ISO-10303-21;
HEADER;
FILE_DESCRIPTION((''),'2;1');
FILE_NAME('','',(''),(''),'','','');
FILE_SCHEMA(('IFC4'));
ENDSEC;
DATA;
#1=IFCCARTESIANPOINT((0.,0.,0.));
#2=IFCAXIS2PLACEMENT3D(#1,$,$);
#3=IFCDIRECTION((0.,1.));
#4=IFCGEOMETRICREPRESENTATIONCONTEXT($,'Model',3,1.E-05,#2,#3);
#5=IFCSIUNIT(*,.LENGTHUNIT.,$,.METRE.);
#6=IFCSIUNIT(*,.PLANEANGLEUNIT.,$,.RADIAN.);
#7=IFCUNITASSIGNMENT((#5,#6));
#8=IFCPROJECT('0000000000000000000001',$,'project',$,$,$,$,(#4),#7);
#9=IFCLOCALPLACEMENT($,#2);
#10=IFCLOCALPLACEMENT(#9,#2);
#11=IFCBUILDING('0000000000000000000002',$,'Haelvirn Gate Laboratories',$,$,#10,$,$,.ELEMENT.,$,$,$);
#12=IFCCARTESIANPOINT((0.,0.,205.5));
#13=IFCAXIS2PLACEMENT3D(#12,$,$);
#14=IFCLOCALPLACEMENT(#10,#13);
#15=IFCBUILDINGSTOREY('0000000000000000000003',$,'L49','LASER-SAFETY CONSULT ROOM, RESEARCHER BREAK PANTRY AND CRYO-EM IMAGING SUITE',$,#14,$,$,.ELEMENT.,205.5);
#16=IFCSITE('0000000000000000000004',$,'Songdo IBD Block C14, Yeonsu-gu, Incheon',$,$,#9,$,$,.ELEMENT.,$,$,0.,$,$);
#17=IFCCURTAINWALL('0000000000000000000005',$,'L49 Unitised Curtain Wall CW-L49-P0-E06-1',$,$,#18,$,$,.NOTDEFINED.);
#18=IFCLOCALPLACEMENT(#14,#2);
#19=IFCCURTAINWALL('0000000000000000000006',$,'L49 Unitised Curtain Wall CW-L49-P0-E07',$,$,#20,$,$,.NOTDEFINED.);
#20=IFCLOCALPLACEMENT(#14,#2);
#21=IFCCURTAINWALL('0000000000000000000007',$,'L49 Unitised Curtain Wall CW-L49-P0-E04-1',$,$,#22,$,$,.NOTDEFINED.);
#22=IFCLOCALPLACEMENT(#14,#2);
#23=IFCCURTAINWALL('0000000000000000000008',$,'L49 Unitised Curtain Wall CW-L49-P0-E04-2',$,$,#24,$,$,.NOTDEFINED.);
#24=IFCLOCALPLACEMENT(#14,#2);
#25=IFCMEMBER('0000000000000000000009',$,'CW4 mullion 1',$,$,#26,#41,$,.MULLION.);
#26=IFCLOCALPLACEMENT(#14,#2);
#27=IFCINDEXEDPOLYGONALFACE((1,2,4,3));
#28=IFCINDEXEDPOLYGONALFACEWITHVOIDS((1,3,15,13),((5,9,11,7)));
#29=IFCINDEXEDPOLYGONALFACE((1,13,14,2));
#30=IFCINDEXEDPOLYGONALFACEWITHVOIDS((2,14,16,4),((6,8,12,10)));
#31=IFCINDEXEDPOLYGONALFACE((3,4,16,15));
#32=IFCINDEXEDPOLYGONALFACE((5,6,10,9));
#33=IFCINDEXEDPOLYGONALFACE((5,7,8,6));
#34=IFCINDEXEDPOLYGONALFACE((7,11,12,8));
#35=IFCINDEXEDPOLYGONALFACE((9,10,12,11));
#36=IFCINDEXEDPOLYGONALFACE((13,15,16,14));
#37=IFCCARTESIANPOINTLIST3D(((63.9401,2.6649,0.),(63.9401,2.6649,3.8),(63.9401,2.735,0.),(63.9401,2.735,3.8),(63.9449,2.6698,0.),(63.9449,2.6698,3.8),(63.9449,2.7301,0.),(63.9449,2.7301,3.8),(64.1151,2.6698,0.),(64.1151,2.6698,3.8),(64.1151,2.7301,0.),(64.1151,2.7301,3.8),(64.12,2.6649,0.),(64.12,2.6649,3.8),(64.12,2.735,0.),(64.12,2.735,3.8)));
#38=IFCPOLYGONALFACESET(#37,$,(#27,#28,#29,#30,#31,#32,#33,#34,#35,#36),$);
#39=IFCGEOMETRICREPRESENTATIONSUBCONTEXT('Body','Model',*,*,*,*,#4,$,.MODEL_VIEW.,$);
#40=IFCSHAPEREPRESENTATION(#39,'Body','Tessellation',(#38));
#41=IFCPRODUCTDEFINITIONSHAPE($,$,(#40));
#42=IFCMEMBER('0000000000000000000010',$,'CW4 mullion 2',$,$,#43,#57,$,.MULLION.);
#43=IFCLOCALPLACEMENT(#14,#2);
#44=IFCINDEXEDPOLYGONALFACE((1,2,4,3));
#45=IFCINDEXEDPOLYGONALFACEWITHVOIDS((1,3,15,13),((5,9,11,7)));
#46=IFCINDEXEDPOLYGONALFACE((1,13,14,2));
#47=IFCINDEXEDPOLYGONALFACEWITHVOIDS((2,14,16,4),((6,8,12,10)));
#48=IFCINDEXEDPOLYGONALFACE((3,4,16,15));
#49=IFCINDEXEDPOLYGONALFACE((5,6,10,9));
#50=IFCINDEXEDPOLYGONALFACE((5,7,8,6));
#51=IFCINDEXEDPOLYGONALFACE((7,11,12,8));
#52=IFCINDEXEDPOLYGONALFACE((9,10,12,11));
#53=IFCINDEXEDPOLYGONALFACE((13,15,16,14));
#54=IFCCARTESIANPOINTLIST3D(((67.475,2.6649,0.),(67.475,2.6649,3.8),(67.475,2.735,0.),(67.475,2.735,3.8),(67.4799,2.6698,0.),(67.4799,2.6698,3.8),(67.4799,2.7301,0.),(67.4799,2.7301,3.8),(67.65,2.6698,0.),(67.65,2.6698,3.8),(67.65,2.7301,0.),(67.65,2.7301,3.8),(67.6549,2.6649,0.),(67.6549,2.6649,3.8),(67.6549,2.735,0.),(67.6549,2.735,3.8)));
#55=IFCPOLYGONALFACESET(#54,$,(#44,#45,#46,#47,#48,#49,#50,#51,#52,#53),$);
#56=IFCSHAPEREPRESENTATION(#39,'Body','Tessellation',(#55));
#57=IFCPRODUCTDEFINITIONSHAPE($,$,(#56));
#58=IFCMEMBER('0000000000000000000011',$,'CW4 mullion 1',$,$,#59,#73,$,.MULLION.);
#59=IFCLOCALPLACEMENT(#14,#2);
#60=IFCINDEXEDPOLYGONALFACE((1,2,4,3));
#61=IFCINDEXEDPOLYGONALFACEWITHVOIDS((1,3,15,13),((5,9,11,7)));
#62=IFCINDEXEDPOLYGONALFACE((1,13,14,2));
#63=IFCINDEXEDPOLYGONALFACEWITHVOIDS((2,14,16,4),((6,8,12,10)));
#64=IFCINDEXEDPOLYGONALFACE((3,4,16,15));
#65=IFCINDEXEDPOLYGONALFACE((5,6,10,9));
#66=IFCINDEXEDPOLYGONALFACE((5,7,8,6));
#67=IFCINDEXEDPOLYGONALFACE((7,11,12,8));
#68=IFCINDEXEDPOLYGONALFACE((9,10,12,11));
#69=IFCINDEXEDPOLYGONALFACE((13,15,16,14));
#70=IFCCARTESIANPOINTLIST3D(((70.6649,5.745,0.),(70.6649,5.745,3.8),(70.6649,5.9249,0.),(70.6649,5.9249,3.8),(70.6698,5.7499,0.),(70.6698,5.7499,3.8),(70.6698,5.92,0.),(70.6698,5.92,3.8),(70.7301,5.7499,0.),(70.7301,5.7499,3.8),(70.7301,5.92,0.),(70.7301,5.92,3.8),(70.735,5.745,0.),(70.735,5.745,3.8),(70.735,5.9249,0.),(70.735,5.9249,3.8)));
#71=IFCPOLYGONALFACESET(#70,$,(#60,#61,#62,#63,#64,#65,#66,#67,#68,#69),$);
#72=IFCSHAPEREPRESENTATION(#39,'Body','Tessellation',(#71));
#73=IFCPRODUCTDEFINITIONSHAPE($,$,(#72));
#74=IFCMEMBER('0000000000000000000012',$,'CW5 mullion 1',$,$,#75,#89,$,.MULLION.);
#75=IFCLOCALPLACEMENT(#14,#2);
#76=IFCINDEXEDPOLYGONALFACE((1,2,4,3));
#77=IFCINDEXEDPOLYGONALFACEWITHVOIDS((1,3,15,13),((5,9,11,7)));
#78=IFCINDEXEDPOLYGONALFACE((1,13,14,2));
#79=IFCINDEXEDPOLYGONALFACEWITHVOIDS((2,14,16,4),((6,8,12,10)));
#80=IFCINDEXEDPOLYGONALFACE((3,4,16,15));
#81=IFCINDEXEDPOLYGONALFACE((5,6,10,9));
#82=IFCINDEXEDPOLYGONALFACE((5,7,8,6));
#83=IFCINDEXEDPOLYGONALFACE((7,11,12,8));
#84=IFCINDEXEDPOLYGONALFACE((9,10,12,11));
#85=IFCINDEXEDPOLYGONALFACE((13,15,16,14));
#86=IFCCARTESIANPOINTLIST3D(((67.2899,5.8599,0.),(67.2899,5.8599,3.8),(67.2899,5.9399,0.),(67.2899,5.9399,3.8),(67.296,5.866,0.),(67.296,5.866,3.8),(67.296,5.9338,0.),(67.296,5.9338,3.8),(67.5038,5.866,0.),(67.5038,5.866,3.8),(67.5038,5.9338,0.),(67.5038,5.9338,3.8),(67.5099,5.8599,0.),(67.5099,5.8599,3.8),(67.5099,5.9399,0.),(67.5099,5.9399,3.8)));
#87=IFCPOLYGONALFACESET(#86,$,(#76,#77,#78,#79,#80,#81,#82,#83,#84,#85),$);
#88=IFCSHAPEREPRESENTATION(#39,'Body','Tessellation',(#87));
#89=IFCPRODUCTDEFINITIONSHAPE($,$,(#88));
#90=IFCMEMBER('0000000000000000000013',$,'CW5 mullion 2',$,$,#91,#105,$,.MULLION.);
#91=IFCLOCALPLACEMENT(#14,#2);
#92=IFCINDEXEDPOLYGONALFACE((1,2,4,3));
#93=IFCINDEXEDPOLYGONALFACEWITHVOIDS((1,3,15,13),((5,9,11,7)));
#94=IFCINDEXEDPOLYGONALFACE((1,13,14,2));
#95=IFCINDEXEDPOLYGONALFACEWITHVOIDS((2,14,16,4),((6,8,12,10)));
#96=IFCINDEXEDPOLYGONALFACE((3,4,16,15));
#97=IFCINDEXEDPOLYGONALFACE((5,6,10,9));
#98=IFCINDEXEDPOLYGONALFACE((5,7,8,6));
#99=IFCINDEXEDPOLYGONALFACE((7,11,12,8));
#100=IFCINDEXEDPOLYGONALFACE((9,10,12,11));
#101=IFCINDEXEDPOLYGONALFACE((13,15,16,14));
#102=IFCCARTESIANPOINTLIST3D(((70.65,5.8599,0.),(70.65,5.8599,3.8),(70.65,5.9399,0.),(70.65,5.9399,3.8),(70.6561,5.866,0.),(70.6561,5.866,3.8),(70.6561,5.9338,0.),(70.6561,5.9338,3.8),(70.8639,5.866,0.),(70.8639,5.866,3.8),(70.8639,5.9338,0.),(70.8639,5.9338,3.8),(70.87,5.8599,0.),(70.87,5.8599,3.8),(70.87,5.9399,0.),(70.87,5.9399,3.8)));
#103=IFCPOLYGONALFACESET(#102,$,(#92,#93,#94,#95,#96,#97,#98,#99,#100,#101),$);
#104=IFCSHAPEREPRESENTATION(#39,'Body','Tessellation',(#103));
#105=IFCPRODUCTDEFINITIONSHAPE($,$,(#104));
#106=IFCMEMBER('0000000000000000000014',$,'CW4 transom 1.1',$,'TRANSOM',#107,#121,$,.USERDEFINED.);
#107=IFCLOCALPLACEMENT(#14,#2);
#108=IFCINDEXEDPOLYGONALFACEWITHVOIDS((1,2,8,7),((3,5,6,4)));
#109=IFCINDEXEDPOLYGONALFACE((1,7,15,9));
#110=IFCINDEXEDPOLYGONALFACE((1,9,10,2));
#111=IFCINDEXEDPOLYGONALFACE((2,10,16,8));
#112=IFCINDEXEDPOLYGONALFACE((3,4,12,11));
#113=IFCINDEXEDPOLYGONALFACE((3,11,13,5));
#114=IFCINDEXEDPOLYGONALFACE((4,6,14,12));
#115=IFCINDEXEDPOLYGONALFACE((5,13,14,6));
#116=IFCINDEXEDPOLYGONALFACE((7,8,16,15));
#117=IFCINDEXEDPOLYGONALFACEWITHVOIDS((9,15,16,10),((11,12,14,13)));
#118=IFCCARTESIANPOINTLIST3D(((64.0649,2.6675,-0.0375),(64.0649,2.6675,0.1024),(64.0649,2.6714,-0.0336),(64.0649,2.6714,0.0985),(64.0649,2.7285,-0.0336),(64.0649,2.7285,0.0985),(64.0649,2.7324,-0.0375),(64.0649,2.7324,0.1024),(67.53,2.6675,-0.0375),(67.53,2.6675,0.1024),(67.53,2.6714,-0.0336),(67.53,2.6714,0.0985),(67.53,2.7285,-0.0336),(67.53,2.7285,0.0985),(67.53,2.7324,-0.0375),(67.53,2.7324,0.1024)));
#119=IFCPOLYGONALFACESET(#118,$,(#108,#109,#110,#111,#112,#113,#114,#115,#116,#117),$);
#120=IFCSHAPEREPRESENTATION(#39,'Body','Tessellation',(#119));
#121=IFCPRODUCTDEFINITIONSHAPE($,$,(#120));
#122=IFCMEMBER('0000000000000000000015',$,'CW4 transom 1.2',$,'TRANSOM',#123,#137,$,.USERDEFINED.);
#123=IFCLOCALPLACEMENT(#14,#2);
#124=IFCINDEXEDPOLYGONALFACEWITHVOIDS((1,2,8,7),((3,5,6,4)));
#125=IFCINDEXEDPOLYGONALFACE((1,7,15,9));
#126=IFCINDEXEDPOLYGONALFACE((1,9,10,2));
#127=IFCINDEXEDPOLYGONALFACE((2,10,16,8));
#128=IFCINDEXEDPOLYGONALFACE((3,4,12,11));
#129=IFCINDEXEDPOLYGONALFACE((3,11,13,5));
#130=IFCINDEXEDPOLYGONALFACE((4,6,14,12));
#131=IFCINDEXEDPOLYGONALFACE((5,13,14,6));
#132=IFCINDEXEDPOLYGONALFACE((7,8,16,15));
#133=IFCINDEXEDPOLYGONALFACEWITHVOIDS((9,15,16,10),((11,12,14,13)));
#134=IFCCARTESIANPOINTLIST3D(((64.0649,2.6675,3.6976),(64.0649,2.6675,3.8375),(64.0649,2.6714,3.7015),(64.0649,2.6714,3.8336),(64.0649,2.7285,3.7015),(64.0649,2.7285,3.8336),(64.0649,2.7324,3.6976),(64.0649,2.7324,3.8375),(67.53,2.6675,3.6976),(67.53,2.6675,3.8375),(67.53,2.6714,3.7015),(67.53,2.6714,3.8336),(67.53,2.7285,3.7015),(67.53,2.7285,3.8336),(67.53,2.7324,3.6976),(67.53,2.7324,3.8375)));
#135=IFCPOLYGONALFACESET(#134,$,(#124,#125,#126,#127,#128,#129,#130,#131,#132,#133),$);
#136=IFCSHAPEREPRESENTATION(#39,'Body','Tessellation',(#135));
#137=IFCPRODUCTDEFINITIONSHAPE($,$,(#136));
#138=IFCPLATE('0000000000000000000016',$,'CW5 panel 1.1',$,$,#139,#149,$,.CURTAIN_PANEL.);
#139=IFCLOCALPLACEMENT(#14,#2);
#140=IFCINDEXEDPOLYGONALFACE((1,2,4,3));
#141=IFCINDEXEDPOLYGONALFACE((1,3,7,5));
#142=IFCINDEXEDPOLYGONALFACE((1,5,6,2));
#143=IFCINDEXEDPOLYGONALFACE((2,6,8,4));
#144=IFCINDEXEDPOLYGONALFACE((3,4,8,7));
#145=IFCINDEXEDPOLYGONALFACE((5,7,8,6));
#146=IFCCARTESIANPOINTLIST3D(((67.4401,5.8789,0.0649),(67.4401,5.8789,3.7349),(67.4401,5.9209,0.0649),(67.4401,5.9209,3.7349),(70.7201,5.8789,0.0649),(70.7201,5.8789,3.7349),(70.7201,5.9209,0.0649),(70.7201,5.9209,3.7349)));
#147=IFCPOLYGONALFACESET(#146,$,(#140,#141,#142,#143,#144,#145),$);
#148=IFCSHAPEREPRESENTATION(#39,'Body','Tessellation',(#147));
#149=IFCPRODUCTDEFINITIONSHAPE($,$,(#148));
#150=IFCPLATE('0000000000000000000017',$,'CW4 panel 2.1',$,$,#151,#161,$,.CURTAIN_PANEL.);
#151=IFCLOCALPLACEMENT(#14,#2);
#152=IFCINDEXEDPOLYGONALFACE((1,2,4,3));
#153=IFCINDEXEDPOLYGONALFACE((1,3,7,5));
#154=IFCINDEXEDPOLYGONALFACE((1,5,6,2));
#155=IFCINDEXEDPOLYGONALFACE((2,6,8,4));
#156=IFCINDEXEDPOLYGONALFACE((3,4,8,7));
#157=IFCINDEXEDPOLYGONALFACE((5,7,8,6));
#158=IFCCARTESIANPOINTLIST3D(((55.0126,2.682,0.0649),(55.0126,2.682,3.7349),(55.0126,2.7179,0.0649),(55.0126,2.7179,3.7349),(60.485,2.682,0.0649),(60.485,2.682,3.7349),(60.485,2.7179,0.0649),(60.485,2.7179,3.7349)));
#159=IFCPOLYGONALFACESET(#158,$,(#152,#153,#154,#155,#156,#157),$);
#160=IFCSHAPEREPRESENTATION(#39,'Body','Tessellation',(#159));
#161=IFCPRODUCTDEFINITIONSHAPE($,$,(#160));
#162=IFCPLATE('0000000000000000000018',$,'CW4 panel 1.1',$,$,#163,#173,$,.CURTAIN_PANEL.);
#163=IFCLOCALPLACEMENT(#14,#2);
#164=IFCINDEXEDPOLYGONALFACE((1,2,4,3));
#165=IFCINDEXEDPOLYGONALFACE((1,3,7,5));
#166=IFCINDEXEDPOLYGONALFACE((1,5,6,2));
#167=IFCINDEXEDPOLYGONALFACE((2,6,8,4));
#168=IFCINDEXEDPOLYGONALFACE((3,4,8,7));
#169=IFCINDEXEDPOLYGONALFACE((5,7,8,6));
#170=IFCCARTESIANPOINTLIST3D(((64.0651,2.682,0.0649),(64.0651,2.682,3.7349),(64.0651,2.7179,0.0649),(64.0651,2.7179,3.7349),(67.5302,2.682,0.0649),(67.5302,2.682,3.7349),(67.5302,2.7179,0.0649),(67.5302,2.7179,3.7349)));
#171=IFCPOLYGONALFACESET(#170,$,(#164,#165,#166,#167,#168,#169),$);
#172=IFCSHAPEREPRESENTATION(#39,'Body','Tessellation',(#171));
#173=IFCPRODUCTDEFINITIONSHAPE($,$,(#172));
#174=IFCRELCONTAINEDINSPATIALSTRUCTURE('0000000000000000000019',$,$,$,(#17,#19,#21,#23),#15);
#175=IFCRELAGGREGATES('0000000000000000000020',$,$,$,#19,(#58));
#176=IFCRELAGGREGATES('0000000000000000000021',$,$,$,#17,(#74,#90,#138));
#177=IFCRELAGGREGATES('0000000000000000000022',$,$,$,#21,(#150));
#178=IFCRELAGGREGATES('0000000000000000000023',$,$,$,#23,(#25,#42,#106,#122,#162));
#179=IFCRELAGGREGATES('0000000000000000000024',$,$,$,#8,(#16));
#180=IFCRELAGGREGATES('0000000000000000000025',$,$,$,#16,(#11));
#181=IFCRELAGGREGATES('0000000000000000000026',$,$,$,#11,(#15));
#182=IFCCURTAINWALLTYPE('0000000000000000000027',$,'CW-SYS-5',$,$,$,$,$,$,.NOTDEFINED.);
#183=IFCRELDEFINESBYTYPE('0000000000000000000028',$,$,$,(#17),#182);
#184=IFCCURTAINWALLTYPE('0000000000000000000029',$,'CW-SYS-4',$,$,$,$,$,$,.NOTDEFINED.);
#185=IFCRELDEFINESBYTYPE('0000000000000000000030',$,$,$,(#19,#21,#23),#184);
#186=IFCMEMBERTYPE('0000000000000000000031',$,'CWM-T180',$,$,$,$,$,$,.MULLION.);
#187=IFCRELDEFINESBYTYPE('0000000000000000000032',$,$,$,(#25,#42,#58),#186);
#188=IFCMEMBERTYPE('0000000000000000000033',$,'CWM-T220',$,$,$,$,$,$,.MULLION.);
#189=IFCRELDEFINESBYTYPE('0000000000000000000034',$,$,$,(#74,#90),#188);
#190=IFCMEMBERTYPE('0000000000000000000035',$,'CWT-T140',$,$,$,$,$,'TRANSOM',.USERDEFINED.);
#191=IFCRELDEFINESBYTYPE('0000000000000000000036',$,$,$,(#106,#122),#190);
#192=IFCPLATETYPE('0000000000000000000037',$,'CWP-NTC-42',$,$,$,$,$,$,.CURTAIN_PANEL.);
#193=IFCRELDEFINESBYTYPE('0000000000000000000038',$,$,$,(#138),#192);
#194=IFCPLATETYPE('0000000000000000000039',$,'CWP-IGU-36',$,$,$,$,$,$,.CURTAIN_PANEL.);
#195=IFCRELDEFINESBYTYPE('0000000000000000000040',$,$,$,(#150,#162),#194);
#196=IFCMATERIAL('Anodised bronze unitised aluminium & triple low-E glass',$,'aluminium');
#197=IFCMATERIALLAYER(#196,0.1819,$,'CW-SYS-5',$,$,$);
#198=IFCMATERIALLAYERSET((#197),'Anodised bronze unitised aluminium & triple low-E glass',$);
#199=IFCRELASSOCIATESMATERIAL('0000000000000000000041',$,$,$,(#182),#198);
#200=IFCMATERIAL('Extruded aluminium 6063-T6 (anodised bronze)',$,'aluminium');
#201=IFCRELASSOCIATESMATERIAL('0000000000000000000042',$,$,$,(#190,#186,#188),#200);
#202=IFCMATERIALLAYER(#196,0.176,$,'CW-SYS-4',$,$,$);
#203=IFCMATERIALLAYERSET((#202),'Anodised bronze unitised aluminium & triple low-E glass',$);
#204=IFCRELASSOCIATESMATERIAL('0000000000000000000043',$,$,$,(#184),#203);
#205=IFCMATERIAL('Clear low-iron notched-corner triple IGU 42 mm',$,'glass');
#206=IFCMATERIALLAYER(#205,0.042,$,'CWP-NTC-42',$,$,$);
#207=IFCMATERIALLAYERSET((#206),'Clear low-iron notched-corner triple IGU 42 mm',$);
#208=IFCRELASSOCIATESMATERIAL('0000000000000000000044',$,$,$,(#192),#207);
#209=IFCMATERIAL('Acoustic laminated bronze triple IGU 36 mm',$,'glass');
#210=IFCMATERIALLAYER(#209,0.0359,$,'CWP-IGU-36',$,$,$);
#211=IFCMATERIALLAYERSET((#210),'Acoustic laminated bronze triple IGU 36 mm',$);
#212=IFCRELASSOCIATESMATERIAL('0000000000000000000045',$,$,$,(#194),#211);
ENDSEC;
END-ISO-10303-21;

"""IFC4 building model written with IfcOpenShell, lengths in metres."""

from ifc_helpers import new_model, si_unit, direction, frame, origin, origin_2d, place, context, subcontext, project, spatial, rectangle, hollow_rectangle, extrude, source, transform, mapped, material, layer, layer_set, material_profile, profile_set, type_object, type_shapes, element, aggregate, save


model = new_model("IFC4")

# Units and contexts
model_context = context("Model", 3, precision=1e-05, world=origin(), true_north=direction((0.0, 1.0)))
body_context = subcontext(model_context, "Body", "Model", "MODEL_VIEW")
ifc_project = project(units=[si_unit("LENGTHUNIT", "METRE"), si_unit("PLANEANGLEUNIT", "RADIAN")], contexts=[model_context])

# Site, building, storey
site_placement = place(None, origin())
site = spatial("IfcSite", under=ifc_project, at=site_placement, Name="Songdo IBD Block C14, Yeonsu-gu, Incheon", CompositionType="ELEMENT", RefElevation=0.0)
building_placement = place(site_placement, origin())
building = spatial("IfcBuilding", under=site, at=building_placement, Name="Haelvirn Gate Laboratories", CompositionType="ELEMENT")
storey_placement = place(building_placement, frame((0.0, 0.0, 205.5)))
storey = spatial("IfcBuildingStorey", under=building, at=storey_placement, Name="L49", Description="LASER-SAFETY CONSULT ROOM, RESEARCHER BREAK PANTRY AND CRYO-EM IMAGING SUITE", CompositionType="ELEMENT", Elevation=205.5)

# Curtain walls
ifc_material_1 = material(Name="Anodised bronze unitised aluminium & triple low-E glass", Category="aluminium")
ifc_layer_1 = layer(ifc_material_1, 0.1819, Name="CW-SYS-5")
ifc_layer_set_1 = layer_set([ifc_layer_1], Name="Anodised bronze unitised aluminium & triple low-E glass")
curtain_wall_type_1 = type_object("IfcCurtainWallType", Name="CW-SYS-5", PredefinedType="NOTDEFINED", material=ifc_layer_set_1)
curtain_wall_1_placement = place(storey_placement, origin())
curtain_wall_1 = element("IfcCurtainWall", 1, at=curtain_wall_1_placement, inside=storey, type_object=curtain_wall_type_1, Name="L49 Unitised Curtain Wall CW-L49-P0-E06-1", PredefinedType="NOTDEFINED")
ifc_material_2 = material(Name="Extruded aluminium 6063-T6 (anodised bronze)", Category="aluminium")
ifc_material_profile_1 = material_profile(ifc_material_2, hollow_rectangle(XDim=0.0649, YDim=0.1399, WallThickness=0.0039, at=origin_2d()), Name="CWT-140x65x4")
ifc_profile_set_1 = profile_set([ifc_material_profile_1], Name="Extruded aluminium 6063-T6 (anodised bronze)")
member_type_1 = type_object("IfcMemberType", Name="CWT-T140", ElementType="TRANSOM", PredefinedType="USERDEFINED", material=ifc_profile_set_1)
ifc_layer_2 = layer(ifc_material_1, 0.176, Name="CW-SYS-4")
ifc_layer_set_2 = layer_set([ifc_layer_2], Name="Anodised bronze unitised aluminium & triple low-E glass")
curtain_wall_type_2 = type_object("IfcCurtainWallType", Name="CW-SYS-4", PredefinedType="NOTDEFINED", material=ifc_layer_set_2)
curtain_wall_2_placement = place(storey_placement, origin())
curtain_wall_2 = element("IfcCurtainWall", 2, at=curtain_wall_2_placement, inside=storey, type_object=curtain_wall_type_2, Name="L49 Unitised Curtain Wall CW-L49-P0-E07", PredefinedType="NOTDEFINED")

# Curtain wall
curtain_wall_3_placement = place(storey_placement, origin())
curtain_wall_3 = element("IfcCurtainWall", 3, at=curtain_wall_3_placement, inside=storey, type_object=curtain_wall_type_2, Name="L49 Unitised Curtain Wall CW-L49-P0-E04-1", PredefinedType="NOTDEFINED")
ifc_material_profile_2 = material_profile(ifc_material_2, hollow_rectangle(XDim=0.0701, YDim=0.1799, WallThickness=0.0049, at=origin_2d()), Name="CWM-180x70x5")
ifc_profile_set_2 = profile_set([ifc_material_profile_2], Name="Extruded aluminium 6063-T6 (anodised bronze)")
member_type_2 = type_object("IfcMemberType", Name="CWM-T180", PredefinedType="MULLION", material=ifc_profile_set_2)
shared_shape_1 = source(origin(), body_context, "Body", "SweptSolid", [
    extrude(hollow_rectangle(XDim=0.0701, YDim=0.1799, WallThickness=0.0049, at=origin_2d()), origin(), (0.0, 0.0, 1.0), 3.8),
])
type_shapes(member_type_2, [shared_shape_1])

# Curtain wall, members
curtain_wall_4_placement = place(storey_placement, origin())
curtain_wall_4 = element("IfcCurtainWall", 4, at=curtain_wall_4_placement, inside=storey, type_object=curtain_wall_type_2, Name="L49 Unitised Curtain Wall CW-L49-P0-E04-2", PredefinedType="NOTDEFINED")
member_1_placement = place(storey_placement, frame((64.03, 2.7, 0.0), z_axis=(0.0, 0.0, 1.0), x_axis=(0.0, 1.0, 0.0)))
member_1 = element("IfcMember", 5, at=member_1_placement, type_object=member_type_2, Name="CW4 mullion 1", PredefinedType="MULLION", context=body_context, shape_type="MappedRepresentation", body=[
    mapped(shared_shape_1, transform((0.0, 0.0, 0.0), scale=1.0)),
])
member_2_placement = place(storey_placement, frame((67.5649, 2.7, 0.0), z_axis=(0.0, 0.0, 1.0), x_axis=(0.0, 1.0, 0.0)))
member_2 = element("IfcMember", 6, at=member_2_placement, type_object=member_type_2, Name="CW4 mullion 2", PredefinedType="MULLION", context=body_context, shape_type="MappedRepresentation", body=[
    mapped(shared_shape_1, transform((0.0, 0.0, 0.0), scale=1.0)),
])

# Members
member_3_placement = place(storey_placement, frame((70.7, 5.835, 0.0), z_axis=(0.0, 0.0, 1.0), x_axis=(-1.0, 0.0, 0.0)))
member_3 = element("IfcMember", 7, at=member_3_placement, type_object=member_type_2, Name="CW4 mullion 1", PredefinedType="MULLION", context=body_context, shape_type="MappedRepresentation", body=[
    mapped(shared_shape_1, transform((0.0, 0.0, 0.0), scale=1.0)),
])
aggregate(curtain_wall_2, [member_3])
ifc_material_profile_3 = material_profile(ifc_material_2, hollow_rectangle(XDim=0.0801, YDim=0.22, WallThickness=0.0061, at=origin_2d()), Name="CWM-220x80x6")
ifc_profile_set_3 = profile_set([ifc_material_profile_3], Name="Extruded aluminium 6063-T6 (anodised bronze)")
member_type_3 = type_object("IfcMemberType", Name="CWM-T220", PredefinedType="MULLION", material=ifc_profile_set_3)
shared_shape_2 = source(origin(), body_context, "Body", "SweptSolid", [
    extrude(hollow_rectangle(XDim=0.0801, YDim=0.22, WallThickness=0.0061, at=origin_2d()), origin(), (0.0, 0.0, 1.0), 3.8),
])
type_shapes(member_type_3, [shared_shape_2])
member_4_placement = place(storey_placement, frame((67.3999, 5.8999, 0.0), z_axis=(0.0, 0.0, 1.0), x_axis=(0.0, 1.0, 0.0)))
member_4 = element("IfcMember", 8, at=member_4_placement, type_object=member_type_3, Name="CW5 mullion 1", PredefinedType="MULLION", context=body_context, shape_type="MappedRepresentation", body=[
    mapped(shared_shape_2, transform((0.0, 0.0, 0.0), scale=1.0)),
])
member_5_placement = place(storey_placement, frame((70.76, 5.8999, 0.0), z_axis=(0.0, 0.0, 1.0), x_axis=(0.0, 1.0, 0.0)))
member_5 = element("IfcMember", 9, at=member_5_placement, type_object=member_type_3, Name="CW5 mullion 2", PredefinedType="MULLION", context=body_context, shape_type="MappedRepresentation", body=[
    mapped(shared_shape_2, transform((0.0, 0.0, 0.0), scale=1.0)),
])
shared_shape_3 = source(origin(), body_context, "Body", "SweptSolid", [
    extrude(hollow_rectangle(XDim=0.0649, YDim=0.1399, WallThickness=0.0039, at=origin_2d()), origin(), (0.0, 0.0, 1.0), 3.4651),
])
member_6_placement = place(storey_placement, frame((64.0649, 2.7, 0.0325), z_axis=(1.0, 0.0, 0.0), x_axis=(0.0, 1.0, 0.0)))
member_6 = element("IfcMember", 10, at=member_6_placement, type_object=member_type_1, Name="CW4 transom 1.1", ObjectType="TRANSOM", PredefinedType="USERDEFINED", context=body_context, shape_type="MappedRepresentation", body=[
    mapped(shared_shape_3, transform((0.0, 0.0, 0.0), scale=1.0)),
])
member_7_placement = place(storey_placement, frame((64.0649, 2.7, 3.7676), z_axis=(1.0, 0.0, 0.0), x_axis=(0.0, 1.0, 0.0)))
member_7 = element("IfcMember", 11, at=member_7_placement, type_object=member_type_1, Name="CW4 transom 1.2", ObjectType="TRANSOM", PredefinedType="USERDEFINED", context=body_context, shape_type="MappedRepresentation", body=[
    mapped(shared_shape_3, transform((0.0, 0.0, 0.0), scale=1.0)),
])

# Plates
ifc_material_3 = material(Name="Clear low-iron notched-corner triple IGU 42 mm", Category="glass")
ifc_layer_3 = layer(ifc_material_3, 0.042, Name="CWP-NTC-42")
ifc_layer_set_3 = layer_set([ifc_layer_3], Name="Clear low-iron notched-corner triple IGU 42 mm")
plate_type_1 = type_object("IfcPlateType", Name="CWP-NTC-42", PredefinedType="CURTAIN_PANEL", material=ifc_layer_set_3)
shared_shape_4 = source(origin(), body_context, "Body", "SweptSolid", [
    extrude(rectangle(XDim=3.28, YDim=0.042, at=origin_2d()), origin(), (0.0, 0.0, 1.0), 3.6699),
])
type_shapes(plate_type_1, [shared_shape_4])
plate_1_placement = place(storey_placement, frame((69.0801, 5.8999, 0.0649), z_axis=(0.0, 0.0, 1.0), x_axis=(1.0, 0.0, 0.0)))
plate_1 = element("IfcPlate", 12, at=plate_1_placement, type_object=plate_type_1, Name="CW5 panel 1.1", PredefinedType="CURTAIN_PANEL", context=body_context, shape_type="MappedRepresentation", body=[
    mapped(shared_shape_4, transform((0.0, 0.0, 0.0), scale=1.0)),
])
aggregate(curtain_wall_1, [member_4, member_5, plate_1])
ifc_material_4 = material(Name="Acoustic laminated bronze triple IGU 36 mm", Category="glass")
ifc_layer_4 = layer(ifc_material_4, 0.0359, Name="CWP-IGU-36")
ifc_layer_set_4 = layer_set([ifc_layer_4], Name="Acoustic laminated bronze triple IGU 36 mm")
plate_type_2 = type_object("IfcPlateType", Name="CWP-IGU-36", PredefinedType="CURTAIN_PANEL", material=ifc_layer_set_4)
shared_shape_5 = source(origin(), body_context, "Body", "SweptSolid", [
    extrude(rectangle(XDim=5.4724, YDim=0.0359, at=origin_2d()), origin(), (0.0, 0.0, 1.0), 3.6699),
])
plate_2_placement = place(storey_placement, frame((57.7488, 2.7, 0.0649), z_axis=(0.0, 0.0, 1.0), x_axis=(1.0, 0.0, 0.0)))
plate_2 = element("IfcPlate", 13, at=plate_2_placement, type_object=plate_type_2, Name="CW4 panel 2.1", PredefinedType="CURTAIN_PANEL", context=body_context, shape_type="MappedRepresentation", body=[
    mapped(shared_shape_5, transform((0.0, 0.0, 0.0), scale=1.0)),
])
aggregate(curtain_wall_3, [plate_2])
shared_shape_6 = source(origin(), body_context, "Body", "SweptSolid", [
    extrude(rectangle(XDim=3.4651, YDim=0.0359, at=origin_2d()), origin(), (0.0, 0.0, 1.0), 3.6699),
])
type_shapes(plate_type_2, [shared_shape_5, shared_shape_6])
plate_3_placement = place(storey_placement, frame((65.7976, 2.7, 0.0649), z_axis=(0.0, 0.0, 1.0), x_axis=(1.0, 0.0, 0.0)))
plate_3 = element("IfcPlate", 14, at=plate_3_placement, type_object=plate_type_2, Name="CW4 panel 1.1", PredefinedType="CURTAIN_PANEL", context=body_context, shape_type="MappedRepresentation", body=[
    mapped(shared_shape_6, transform((0.0, 0.0, 0.0), scale=1.0)),
])
aggregate(curtain_wall_4, [member_1, member_2, member_6, member_7, plate_3])

save(model, "model.ifc")
